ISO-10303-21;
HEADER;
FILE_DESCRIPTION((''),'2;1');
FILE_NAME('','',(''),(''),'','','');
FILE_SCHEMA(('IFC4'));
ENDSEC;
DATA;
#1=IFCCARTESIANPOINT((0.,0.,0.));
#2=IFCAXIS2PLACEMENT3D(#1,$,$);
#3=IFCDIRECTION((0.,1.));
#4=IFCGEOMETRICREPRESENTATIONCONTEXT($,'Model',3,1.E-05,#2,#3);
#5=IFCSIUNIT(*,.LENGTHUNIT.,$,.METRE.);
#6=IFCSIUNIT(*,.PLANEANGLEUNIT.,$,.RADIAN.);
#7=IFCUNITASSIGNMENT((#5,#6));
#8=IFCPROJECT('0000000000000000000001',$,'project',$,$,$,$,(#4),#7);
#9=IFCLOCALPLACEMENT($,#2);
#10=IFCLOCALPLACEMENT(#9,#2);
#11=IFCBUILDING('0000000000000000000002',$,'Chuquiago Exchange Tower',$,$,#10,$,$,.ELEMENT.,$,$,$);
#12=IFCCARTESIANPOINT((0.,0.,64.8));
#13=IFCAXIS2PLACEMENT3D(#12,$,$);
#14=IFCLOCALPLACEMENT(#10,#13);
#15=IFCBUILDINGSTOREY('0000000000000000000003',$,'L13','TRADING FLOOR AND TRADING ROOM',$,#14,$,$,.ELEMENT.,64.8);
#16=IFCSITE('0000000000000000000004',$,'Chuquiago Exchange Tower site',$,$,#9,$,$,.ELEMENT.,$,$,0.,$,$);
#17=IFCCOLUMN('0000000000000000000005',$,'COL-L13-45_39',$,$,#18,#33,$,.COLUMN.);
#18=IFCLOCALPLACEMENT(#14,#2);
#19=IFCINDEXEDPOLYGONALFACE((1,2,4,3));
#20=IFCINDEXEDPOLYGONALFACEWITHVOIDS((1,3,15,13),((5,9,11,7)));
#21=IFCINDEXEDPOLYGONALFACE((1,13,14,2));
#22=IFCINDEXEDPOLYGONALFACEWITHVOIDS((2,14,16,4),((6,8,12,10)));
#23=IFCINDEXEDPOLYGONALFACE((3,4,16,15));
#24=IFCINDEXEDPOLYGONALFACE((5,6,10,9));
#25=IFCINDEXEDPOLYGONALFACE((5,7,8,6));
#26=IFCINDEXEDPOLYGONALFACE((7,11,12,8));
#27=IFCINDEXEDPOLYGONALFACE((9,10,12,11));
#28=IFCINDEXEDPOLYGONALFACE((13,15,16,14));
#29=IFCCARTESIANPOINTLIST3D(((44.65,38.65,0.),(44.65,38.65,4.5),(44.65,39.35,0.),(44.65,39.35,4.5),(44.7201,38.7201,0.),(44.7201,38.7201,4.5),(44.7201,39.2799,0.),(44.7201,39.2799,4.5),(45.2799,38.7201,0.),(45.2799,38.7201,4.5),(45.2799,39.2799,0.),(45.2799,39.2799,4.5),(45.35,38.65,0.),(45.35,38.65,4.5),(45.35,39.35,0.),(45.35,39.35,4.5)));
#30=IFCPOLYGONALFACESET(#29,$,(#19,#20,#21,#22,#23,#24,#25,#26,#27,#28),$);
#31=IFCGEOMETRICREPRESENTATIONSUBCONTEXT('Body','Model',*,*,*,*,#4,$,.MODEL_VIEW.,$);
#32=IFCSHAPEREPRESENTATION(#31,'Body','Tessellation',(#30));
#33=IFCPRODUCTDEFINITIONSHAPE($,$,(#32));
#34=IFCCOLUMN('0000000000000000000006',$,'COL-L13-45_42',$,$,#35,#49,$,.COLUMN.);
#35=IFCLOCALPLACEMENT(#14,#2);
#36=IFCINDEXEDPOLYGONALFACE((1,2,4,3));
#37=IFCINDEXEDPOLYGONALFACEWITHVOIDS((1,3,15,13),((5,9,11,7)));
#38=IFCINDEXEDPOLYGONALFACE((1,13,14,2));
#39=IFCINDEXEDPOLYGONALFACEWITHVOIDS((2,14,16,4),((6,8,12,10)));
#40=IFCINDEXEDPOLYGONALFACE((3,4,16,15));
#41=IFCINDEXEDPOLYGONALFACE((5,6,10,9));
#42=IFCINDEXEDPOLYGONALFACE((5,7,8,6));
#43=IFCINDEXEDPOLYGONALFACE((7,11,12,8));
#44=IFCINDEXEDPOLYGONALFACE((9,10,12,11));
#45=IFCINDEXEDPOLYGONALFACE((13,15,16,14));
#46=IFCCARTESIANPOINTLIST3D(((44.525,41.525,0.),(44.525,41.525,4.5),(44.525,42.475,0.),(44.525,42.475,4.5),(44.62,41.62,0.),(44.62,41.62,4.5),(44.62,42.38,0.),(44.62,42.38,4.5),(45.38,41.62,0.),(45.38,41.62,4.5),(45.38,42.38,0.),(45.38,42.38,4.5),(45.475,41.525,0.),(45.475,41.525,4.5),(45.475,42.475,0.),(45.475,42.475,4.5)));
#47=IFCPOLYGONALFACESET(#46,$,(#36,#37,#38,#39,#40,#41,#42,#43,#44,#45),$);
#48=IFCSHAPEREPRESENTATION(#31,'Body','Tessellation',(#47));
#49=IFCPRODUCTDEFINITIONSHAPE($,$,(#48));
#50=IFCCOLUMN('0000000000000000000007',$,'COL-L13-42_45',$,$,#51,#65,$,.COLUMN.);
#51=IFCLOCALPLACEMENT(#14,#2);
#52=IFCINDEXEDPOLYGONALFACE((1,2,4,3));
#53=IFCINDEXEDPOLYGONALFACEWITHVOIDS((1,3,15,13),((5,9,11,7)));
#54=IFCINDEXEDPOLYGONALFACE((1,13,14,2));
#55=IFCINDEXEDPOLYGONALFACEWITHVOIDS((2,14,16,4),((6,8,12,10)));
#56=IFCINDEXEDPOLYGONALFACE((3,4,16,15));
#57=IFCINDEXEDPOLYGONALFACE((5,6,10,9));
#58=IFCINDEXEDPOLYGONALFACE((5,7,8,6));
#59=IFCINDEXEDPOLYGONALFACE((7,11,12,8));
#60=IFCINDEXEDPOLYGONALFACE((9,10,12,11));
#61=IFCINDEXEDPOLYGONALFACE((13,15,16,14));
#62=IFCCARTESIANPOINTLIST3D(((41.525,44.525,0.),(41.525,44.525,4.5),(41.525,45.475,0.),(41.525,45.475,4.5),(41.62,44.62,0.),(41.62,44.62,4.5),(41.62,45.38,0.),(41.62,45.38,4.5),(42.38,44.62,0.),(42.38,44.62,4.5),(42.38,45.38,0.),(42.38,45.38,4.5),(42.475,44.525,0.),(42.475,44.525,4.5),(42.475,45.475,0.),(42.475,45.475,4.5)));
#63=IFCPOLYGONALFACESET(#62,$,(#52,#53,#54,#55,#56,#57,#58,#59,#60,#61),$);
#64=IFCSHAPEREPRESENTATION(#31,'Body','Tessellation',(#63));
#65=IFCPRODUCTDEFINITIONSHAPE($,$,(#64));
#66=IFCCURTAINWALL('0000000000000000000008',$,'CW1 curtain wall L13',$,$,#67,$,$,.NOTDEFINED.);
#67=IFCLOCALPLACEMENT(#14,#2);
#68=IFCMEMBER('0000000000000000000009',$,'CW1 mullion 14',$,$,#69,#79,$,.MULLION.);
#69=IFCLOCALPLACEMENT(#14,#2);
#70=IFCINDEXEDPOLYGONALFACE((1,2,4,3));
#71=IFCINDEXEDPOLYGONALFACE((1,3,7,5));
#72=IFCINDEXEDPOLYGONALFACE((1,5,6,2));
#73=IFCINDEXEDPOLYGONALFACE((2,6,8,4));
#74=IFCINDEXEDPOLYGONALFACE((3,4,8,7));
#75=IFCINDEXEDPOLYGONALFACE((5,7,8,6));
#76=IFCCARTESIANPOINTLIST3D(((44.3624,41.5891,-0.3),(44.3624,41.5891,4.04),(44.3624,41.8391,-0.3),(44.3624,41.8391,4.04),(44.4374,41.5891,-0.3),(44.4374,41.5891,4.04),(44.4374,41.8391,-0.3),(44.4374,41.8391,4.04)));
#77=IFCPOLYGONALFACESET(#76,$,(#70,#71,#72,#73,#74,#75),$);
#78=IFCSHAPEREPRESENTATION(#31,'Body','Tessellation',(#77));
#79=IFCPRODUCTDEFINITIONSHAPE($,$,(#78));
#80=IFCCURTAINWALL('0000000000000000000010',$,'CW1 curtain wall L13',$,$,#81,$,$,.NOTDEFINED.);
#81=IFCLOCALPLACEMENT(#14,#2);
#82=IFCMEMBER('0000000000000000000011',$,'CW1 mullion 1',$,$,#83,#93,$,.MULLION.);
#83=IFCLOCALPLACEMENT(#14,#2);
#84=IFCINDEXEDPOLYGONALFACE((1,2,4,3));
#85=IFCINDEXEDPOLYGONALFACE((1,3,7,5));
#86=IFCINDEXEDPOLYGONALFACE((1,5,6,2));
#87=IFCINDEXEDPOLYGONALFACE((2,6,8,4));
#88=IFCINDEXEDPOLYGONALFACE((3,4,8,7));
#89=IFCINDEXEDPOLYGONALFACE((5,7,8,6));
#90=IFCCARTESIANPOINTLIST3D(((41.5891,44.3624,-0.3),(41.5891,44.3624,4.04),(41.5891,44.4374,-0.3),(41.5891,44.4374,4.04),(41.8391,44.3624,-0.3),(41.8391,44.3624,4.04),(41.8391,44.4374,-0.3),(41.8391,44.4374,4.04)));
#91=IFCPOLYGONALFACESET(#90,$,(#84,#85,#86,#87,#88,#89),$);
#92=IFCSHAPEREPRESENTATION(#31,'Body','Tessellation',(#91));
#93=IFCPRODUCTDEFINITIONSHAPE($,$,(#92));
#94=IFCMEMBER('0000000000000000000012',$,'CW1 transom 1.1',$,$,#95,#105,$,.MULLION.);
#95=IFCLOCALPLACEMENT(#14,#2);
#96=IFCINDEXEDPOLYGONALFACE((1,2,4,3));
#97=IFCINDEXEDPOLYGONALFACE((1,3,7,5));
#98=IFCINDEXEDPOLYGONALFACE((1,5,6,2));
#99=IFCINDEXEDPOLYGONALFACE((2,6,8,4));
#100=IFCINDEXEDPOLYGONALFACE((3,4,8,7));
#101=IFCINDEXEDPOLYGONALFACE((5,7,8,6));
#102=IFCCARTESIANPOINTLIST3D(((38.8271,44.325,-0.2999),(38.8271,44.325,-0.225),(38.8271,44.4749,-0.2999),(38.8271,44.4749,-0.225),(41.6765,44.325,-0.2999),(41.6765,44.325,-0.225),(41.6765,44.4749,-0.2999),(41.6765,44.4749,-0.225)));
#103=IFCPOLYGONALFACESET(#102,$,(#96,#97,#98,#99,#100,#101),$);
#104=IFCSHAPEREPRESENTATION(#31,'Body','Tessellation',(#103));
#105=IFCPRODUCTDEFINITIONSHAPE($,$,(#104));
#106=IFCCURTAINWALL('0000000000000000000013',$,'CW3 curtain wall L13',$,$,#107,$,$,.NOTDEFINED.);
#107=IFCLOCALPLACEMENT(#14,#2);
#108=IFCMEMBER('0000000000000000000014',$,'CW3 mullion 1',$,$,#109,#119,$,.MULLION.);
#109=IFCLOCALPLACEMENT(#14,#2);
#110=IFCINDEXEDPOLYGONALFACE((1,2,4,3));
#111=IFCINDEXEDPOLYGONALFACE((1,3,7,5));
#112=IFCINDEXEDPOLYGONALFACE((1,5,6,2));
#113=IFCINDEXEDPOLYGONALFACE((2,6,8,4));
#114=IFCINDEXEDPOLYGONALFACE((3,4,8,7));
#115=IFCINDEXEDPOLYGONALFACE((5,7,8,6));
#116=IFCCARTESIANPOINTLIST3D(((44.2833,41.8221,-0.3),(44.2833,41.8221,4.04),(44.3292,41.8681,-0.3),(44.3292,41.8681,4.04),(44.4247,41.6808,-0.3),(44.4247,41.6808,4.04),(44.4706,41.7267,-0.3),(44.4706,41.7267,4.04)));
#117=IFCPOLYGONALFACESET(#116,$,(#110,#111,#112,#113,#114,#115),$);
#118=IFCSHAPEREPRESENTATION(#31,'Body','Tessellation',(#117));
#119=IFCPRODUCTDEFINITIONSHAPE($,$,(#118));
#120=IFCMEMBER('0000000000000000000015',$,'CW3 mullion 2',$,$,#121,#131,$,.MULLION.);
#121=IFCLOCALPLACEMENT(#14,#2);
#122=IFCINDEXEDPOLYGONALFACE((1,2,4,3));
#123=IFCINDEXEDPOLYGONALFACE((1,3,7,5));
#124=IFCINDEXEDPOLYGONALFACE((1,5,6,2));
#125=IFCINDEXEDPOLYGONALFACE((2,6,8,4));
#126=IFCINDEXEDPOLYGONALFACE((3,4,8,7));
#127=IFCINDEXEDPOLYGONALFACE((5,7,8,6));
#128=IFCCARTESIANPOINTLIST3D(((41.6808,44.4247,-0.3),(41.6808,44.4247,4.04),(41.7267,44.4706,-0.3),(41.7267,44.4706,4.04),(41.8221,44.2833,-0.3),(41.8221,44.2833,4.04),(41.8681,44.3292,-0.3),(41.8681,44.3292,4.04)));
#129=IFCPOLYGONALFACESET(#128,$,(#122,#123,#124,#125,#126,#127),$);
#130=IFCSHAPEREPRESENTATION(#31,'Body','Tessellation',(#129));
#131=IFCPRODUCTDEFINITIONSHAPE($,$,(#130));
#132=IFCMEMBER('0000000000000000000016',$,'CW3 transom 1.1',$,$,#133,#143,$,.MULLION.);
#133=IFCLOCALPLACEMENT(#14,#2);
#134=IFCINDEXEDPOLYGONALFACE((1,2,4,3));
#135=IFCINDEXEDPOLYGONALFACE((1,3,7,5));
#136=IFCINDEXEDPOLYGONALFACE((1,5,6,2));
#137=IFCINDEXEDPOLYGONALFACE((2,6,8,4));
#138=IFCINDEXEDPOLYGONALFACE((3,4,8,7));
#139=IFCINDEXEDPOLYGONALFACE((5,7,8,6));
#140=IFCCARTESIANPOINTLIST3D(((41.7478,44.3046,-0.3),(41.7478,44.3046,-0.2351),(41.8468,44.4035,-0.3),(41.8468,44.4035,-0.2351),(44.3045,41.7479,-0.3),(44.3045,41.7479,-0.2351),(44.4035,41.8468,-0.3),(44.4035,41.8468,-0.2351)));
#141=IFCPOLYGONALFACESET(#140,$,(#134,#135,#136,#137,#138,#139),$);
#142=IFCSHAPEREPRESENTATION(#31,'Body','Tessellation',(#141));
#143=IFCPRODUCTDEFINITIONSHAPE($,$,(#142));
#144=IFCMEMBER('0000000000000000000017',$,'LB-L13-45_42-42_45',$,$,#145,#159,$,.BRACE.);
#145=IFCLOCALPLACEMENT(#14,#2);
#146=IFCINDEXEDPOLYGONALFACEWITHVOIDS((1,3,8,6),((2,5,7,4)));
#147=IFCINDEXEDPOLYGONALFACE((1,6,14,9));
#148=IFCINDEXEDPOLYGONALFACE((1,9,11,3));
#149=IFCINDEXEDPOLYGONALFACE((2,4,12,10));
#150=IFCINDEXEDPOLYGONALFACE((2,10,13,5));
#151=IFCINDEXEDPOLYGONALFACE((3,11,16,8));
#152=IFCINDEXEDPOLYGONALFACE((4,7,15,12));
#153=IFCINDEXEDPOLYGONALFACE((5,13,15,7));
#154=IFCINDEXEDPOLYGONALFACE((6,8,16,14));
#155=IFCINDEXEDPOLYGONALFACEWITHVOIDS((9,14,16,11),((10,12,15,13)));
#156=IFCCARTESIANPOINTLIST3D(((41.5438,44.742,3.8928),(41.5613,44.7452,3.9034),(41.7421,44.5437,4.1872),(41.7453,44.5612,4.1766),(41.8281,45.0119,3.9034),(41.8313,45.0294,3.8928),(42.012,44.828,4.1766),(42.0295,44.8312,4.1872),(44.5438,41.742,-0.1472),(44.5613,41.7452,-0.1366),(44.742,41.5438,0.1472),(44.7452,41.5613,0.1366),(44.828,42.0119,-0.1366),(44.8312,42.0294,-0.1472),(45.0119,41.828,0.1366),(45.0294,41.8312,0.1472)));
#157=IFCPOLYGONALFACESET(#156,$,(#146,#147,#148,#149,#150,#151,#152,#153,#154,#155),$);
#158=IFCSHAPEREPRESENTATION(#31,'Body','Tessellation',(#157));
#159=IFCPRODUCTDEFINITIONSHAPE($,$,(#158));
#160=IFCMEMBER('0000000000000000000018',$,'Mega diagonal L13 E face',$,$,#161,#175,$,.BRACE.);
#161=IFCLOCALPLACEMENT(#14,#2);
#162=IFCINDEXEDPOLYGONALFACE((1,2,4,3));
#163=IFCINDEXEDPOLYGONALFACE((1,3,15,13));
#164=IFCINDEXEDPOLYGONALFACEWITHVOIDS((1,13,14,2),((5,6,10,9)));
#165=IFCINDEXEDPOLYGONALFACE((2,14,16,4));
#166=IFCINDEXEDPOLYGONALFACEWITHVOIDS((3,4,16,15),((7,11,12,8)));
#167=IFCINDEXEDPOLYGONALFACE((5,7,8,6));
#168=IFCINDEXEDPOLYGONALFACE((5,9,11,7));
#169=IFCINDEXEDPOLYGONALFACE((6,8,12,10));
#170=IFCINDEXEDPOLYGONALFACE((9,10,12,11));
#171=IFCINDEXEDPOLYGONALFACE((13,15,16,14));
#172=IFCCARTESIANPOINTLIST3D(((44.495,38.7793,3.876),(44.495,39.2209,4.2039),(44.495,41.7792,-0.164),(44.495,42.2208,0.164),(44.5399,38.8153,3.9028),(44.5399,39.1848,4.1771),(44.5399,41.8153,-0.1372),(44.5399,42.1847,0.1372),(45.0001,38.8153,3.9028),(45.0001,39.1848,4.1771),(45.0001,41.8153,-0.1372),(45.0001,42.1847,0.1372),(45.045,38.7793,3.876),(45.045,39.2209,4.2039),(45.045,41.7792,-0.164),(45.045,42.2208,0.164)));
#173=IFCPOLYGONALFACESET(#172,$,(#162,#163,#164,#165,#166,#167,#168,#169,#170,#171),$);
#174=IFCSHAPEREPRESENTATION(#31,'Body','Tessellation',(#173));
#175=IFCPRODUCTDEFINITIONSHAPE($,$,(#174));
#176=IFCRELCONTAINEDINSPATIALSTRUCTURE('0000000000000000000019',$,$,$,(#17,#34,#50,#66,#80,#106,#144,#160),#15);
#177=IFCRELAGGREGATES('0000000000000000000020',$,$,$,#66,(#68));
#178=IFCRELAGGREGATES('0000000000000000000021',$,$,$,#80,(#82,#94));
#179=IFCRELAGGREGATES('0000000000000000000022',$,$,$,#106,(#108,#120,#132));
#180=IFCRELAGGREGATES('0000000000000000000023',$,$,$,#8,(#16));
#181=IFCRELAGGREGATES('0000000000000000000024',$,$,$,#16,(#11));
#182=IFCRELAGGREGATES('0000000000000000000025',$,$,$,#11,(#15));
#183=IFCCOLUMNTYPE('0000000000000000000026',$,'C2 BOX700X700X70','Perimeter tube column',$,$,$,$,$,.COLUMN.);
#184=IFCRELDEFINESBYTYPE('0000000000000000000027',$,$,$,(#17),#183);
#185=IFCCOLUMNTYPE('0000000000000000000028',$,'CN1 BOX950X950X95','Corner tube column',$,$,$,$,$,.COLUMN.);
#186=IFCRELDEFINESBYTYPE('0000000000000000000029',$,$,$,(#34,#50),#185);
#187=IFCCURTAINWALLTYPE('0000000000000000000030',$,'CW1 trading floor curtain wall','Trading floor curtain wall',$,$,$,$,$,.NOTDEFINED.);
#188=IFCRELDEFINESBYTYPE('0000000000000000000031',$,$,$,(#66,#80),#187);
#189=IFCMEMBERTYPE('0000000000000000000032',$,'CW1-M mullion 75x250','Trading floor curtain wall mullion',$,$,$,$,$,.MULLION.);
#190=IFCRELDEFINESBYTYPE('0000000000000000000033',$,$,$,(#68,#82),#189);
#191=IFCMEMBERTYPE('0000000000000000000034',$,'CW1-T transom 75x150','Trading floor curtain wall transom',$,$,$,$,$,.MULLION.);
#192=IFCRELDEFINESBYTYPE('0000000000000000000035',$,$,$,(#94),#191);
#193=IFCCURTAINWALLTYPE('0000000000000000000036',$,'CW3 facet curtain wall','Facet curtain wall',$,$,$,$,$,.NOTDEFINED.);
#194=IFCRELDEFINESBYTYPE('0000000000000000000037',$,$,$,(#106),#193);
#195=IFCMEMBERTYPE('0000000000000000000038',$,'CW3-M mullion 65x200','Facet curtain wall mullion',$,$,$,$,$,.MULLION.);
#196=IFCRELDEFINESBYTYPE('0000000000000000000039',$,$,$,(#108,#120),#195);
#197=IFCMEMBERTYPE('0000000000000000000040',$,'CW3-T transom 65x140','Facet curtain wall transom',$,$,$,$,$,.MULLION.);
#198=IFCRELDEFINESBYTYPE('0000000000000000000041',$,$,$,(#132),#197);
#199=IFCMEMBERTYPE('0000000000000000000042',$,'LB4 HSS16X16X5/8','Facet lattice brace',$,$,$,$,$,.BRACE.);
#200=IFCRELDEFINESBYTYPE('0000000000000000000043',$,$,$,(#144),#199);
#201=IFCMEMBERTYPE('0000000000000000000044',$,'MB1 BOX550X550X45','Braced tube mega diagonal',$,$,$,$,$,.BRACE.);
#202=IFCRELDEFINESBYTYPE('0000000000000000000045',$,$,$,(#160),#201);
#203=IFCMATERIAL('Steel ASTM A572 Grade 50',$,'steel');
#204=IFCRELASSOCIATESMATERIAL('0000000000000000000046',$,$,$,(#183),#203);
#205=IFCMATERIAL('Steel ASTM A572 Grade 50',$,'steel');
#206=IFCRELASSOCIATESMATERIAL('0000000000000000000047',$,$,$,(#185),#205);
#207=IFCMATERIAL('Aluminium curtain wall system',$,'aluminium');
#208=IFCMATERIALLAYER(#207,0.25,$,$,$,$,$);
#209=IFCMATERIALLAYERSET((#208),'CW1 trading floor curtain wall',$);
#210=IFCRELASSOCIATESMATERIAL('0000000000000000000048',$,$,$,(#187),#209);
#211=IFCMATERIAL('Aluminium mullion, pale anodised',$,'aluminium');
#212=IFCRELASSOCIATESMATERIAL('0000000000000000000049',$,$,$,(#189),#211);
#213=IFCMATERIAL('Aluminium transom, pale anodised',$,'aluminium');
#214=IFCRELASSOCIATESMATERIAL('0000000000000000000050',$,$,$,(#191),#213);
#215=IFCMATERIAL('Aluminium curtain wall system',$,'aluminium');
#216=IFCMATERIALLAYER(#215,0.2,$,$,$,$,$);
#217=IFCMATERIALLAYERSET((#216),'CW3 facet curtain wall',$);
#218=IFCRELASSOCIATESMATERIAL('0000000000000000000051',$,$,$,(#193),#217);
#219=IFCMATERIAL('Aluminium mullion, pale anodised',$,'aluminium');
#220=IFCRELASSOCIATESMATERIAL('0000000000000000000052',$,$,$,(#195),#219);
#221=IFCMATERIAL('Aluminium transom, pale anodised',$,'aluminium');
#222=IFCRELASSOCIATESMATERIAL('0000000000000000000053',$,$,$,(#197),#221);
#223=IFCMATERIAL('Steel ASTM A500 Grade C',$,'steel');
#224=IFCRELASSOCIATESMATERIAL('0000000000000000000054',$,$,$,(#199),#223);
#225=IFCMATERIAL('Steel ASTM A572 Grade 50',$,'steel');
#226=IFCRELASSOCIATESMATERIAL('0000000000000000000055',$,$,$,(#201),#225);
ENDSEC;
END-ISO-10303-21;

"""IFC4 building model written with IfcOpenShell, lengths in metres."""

from ifc_helpers import new_model, si_unit, direction, frame, origin, origin_2d, place, context, subcontext, project, spatial, rectangle, hollow_rectangle, extrude, material, layer, layer_set, material_profile, profile_set, type_object, element, aggregate, save


model = new_model("IFC4")

# Units and contexts
model_context = context("Model", 3, precision=1e-05, world=origin(), true_north=direction((0.0, 1.0)))
body_context = subcontext(model_context, "Body", "Model", "MODEL_VIEW")
ifc_project = project(units=[si_unit("LENGTHUNIT", "METRE"), si_unit("PLANEANGLEUNIT", "RADIAN")], contexts=[model_context])

# Site, building, storey
site_placement = place(None, origin())
site = spatial("IfcSite", under=ifc_project, at=site_placement, Name="Chuquiago Exchange Tower site", CompositionType="ELEMENT", RefElevation=0.0)
building_placement = place(site_placement, origin())
building = spatial("IfcBuilding", under=site, at=building_placement, Name="Chuquiago Exchange Tower", CompositionType="ELEMENT")
storey_placement = place(building_placement, frame((0.0, 0.0, 64.8)))
storey = spatial("IfcBuildingStorey", under=building, at=storey_placement, Name="L13", Description="TRADING FLOOR AND TRADING ROOM", CompositionType="ELEMENT", Elevation=64.8)

# Columns
ifc_material_1 = material(Name="Steel ASTM A572 Grade 50", Category="steel")
ifc_material_profile_1 = material_profile(ifc_material_1, hollow_rectangle(XDim=0.7, YDim=0.7, WallThickness=0.0701, at=origin_2d()), Name="BOX700X700X70")
ifc_profile_set_1 = profile_set([ifc_material_profile_1], Name="Steel ASTM A572 Grade 50")
column_type_1 = type_object("IfcColumnType", Name="C2 BOX700X700X70", Description="Perimeter tube column", PredefinedType="COLUMN", material=ifc_profile_set_1)
column_placement = place(storey_placement, frame((45.0, 39.0, 0.0), z_axis=(0.0, 0.0, 1.0), x_axis=(1.0, 0.0, 0.0)))
element("IfcColumn", 1, at=column_placement, inside=storey, type_object=column_type_1, Name="COL-L13-45_39", PredefinedType="COLUMN", context=body_context, shape_type="SweptSolid", body=[
    extrude(hollow_rectangle(XDim=0.7, YDim=0.7, WallThickness=0.0701, at=origin_2d()), origin(), (0.0, 0.0, 1.0), 4.5),
])
ifc_material_2 = material(Name="Steel ASTM A572 Grade 50", Category="steel")
ifc_material_profile_2 = material_profile(ifc_material_2, hollow_rectangle(XDim=0.95, YDim=0.95, WallThickness=0.095, at=origin_2d()), Name="BOX950X950X95")
ifc_profile_set_2 = profile_set([ifc_material_profile_2], Name="Steel ASTM A572 Grade 50")
column_type_2 = type_object("IfcColumnType", Name="CN1 BOX950X950X95", Description="Corner tube column", PredefinedType="COLUMN", material=ifc_profile_set_2)
for number, where, z_axis, x_axis, name in (
    (2, (45.0, 42.0, 0.0), (0.0, 0.0, 1.0), (1.0, 0.0, 0.0), "COL-L13-45_42"),
    (3, (42.0, 45.0, 0.0), (0.0, 0.0, 1.0), (0.0, 1.0, 0.0), "COL-L13-42_45"),
):
    element("IfcColumn", number, at=place(storey_placement, frame(where, z_axis=z_axis, x_axis=x_axis)), inside=storey, type_object=column_type_2, Name=name, PredefinedType="COLUMN", context=body_context, shape_type="SweptSolid", body=[
        extrude(hollow_rectangle(XDim=0.95, YDim=0.95, WallThickness=0.095, at=origin_2d()), origin(), (0.0, 0.0, 1.0), 4.5),
    ])

# Curtain wall, member
ifc_material_3 = material(Name="Aluminium curtain wall system", Category="aluminium")
ifc_layer_1 = layer(ifc_material_3, 0.25)
ifc_layer_set_1 = layer_set([ifc_layer_1], Name="CW1 trading floor curtain wall")
curtain_wall_type_1 = type_object("IfcCurtainWallType", Name="CW1 trading floor curtain wall", Description="Trading floor curtain wall", PredefinedType="NOTDEFINED", material=ifc_layer_set_1)
curtain_wall_1_placement = place(storey_placement, origin())
curtain_wall_1 = element("IfcCurtainWall", 4, at=curtain_wall_1_placement, inside=storey, type_object=curtain_wall_type_1, Name="CW1 curtain wall L13", PredefinedType="NOTDEFINED")
ifc_material_4 = material(Name="Aluminium mullion, pale anodised", Category="aluminium")
ifc_material_profile_3 = material_profile(ifc_material_4, rectangle(XDim=0.075, YDim=0.25, at=origin_2d()), Name="AL 75x250")
ifc_profile_set_3 = profile_set([ifc_material_profile_3], Name="Aluminium mullion, pale anodised")
member_type_1 = type_object("IfcMemberType", Name="CW1-M mullion 75x250", Description="Trading floor curtain wall mullion", PredefinedType="MULLION", material=ifc_profile_set_3)
member_1_placement = place(storey_placement, frame((44.3999, 41.7141, -0.3), z_axis=(0.0, 0.0, 1.0), x_axis=(-1.0, 0.0, 0.0)))
member_1 = element("IfcMember", 5, at=member_1_placement, type_object=member_type_1, Name="CW1 mullion 14", PredefinedType="MULLION", context=body_context, shape_type="SweptSolid", body=[
    extrude(rectangle(XDim=0.075, YDim=0.25, at=origin_2d()), origin(), (0.0, 0.0, 1.0), 4.3401),
])

# Curtain walls, members
curtain_wall_2_placement = place(storey_placement, origin())
curtain_wall_2 = element("IfcCurtainWall", 6, at=curtain_wall_2_placement, inside=storey, type_object=curtain_wall_type_1, Name="CW1 curtain wall L13", PredefinedType="NOTDEFINED")
member_2_placement = place(storey_placement, frame((41.7141, 44.3999, -0.3), z_axis=(0.0, 0.0, 1.0), x_axis=(0.0, -1.0, 0.0)))
member_2 = element("IfcMember", 7, at=member_2_placement, type_object=member_type_1, Name="CW1 mullion 1", PredefinedType="MULLION", context=body_context, shape_type="SweptSolid", body=[
    extrude(rectangle(XDim=0.075, YDim=0.25, at=origin_2d()), origin(), (0.0, 0.0, 1.0), 4.3401),
])
ifc_material_5 = material(Name="Aluminium transom, pale anodised", Category="aluminium")
ifc_material_profile_4 = material_profile(ifc_material_5, rectangle(XDim=0.1499, YDim=0.075, at=origin_2d()), Name="AL 150x75")
ifc_profile_set_4 = profile_set([ifc_material_profile_4], Name="Aluminium transom, pale anodised")
member_type_2 = type_object("IfcMemberType", Name="CW1-T transom 75x150", Description="Trading floor curtain wall transom", PredefinedType="MULLION", material=ifc_profile_set_4)
member_3_placement = place(storey_placement, frame((41.6765, 44.3999, -0.2625), z_axis=(-1.0, 0.0, 0.0), x_axis=(0.0, -1.0, 0.0)))
member_3 = element("IfcMember", 8, at=member_3_placement, type_object=member_type_2, Name="CW1 transom 1.1", PredefinedType="MULLION", context=body_context, shape_type="SweptSolid", body=[
    extrude(rectangle(XDim=0.1499, YDim=0.075, at=origin_2d()), origin(), (0.0, 0.0, 1.0), 2.8494),
])
ifc_material_6 = material(Name="Aluminium curtain wall system", Category="aluminium")
ifc_layer_2 = layer(ifc_material_6, 0.2)
ifc_layer_set_2 = layer_set([ifc_layer_2], Name="CW3 facet curtain wall")
curtain_wall_type_2 = type_object("IfcCurtainWallType", Name="CW3 facet curtain wall", Description="Facet curtain wall", PredefinedType="NOTDEFINED", material=ifc_layer_set_2)
curtain_wall_3_placement = place(storey_placement, origin())
curtain_wall_3 = element("IfcCurtainWall", 9, at=curtain_wall_3_placement, inside=storey, type_object=curtain_wall_type_2, Name="CW3 curtain wall L13", PredefinedType="NOTDEFINED")
ifc_material_7 = material(Name="Aluminium mullion, pale anodised", Category="aluminium")
ifc_material_profile_5 = material_profile(ifc_material_7, rectangle(XDim=0.0649, YDim=0.2, at=origin_2d()), Name="AL 65x200")
ifc_profile_set_5 = profile_set([ifc_material_profile_5], Name="Aluminium mullion, pale anodised")
member_type_3 = type_object("IfcMemberType", Name="CW3-M mullion 65x200", Description="Facet curtain wall mullion", PredefinedType="MULLION", material=ifc_profile_set_5)
member_4_placement = place(storey_placement, frame((44.377, 41.7744, -0.3), z_axis=(0.0, 0.0, 1.0), x_axis=(-0.707107, -0.707107, 0.0)))
member_4 = element("IfcMember", 10, at=member_4_placement, type_object=member_type_3, Name="CW3 mullion 1", PredefinedType="MULLION", context=body_context, shape_type="SweptSolid", body=[
    extrude(rectangle(XDim=0.0649, YDim=0.2, at=origin_2d()), origin(), (0.0, 0.0, 1.0), 4.3401),
])
member_5_placement = place(storey_placement, frame((41.7744, 44.377, -0.3), z_axis=(0.0, 0.0, 1.0), x_axis=(-0.707107, -0.707107, 0.0)))
member_5 = element("IfcMember", 11, at=member_5_placement, type_object=member_type_3, Name="CW3 mullion 2", PredefinedType="MULLION", context=body_context, shape_type="SweptSolid", body=[
    extrude(rectangle(XDim=0.0649, YDim=0.2, at=origin_2d()), origin(), (0.0, 0.0, 1.0), 4.3401),
])
ifc_material_8 = material(Name="Aluminium transom, pale anodised", Category="aluminium")
ifc_material_profile_6 = material_profile(ifc_material_8, rectangle(XDim=0.1399, YDim=0.0649, at=origin_2d()), Name="AL 140x65")
ifc_profile_set_6 = profile_set([ifc_material_profile_6], Name="Aluminium transom, pale anodised")
member_type_4 = type_object("IfcMemberType", Name="CW3-T transom 65x140", Description="Facet curtain wall transom", PredefinedType="MULLION", material=ifc_profile_set_6)
member_6_placement = place(storey_placement, frame((44.354, 41.7974, -0.2676), z_axis=(-0.707107, 0.707107, 0.0), x_axis=(-0.707107, -0.707107, 0.0)))
member_6 = element("IfcMember", 12, at=member_6_placement, type_object=member_type_4, Name="CW3 transom 1.1", PredefinedType="MULLION", context=body_context, shape_type="SweptSolid", body=[
    extrude(rectangle(XDim=0.1399, YDim=0.0649, at=origin_2d()), origin(), (0.0, 0.0, 1.0), 3.6157),
])

# Members
ifc_material_9 = material(Name="Steel ASTM A500 Grade C", Category="steel")
ifc_material_profile_7 = material_profile(ifc_material_9, hollow_rectangle(XDim=0.4065, YDim=0.4065, WallThickness=0.0146, at=origin_2d()), Name="HSS16X16X5/8")
ifc_profile_set_7 = profile_set([ifc_material_profile_7], Name="Steel ASTM A500 Grade C")
member_type_5 = type_object("IfcMemberType", Name="LB4 HSS16X16X5/8", Description="Facet lattice brace", PredefinedType="BRACE", material=ifc_profile_set_7)
member_7_placement = place(storey_placement, frame((44.7866, 41.7866, 0.0), z_axis=(-0.512077, 0.512077, 0.689604), x_axis=(-0.707107, -0.707107, 0.0)))
element("IfcMember", 13, at=member_7_placement, inside=storey, type_object=member_type_5, Name="LB-L13-45_42-42_45", PredefinedType="BRACE", context=body_context, shape_type="SweptSolid", body=[
    extrude(hollow_rectangle(XDim=0.4065, YDim=0.4065, WallThickness=0.0146, at=origin_2d()), origin(), (0.0, 0.0, 1.0), 5.8584),
])
ifc_material_10 = material(Name="Steel ASTM A572 Grade 50", Category="steel")
ifc_material_profile_8 = material_profile(ifc_material_10, hollow_rectangle(XDim=0.55, YDim=0.55, WallThickness=0.0449, at=origin_2d()), Name="BOX550X550X45")
ifc_profile_set_8 = profile_set([ifc_material_profile_8], Name="Steel ASTM A572 Grade 50")
member_type_6 = type_object("IfcMemberType", Name="MB1 BOX550X550X45", Description="Braced tube mega diagonal", PredefinedType="BRACE", material=ifc_profile_set_8)
for number, where, z_axis, x_axis, name in (
    (14, (44.77, 42.0, 0.0), (0.0, -0.596174, 0.802855), (1.0, 0.0, 0.0), "Mega diagonal L13 E face"),
):
    element("IfcMember", number, at=place(storey_placement, frame(where, z_axis=z_axis, x_axis=x_axis)), inside=storey, type_object=member_type_6, Name=name, PredefinedType="BRACE", context=body_context, shape_type="SweptSolid", body=[
        extrude(hollow_rectangle(XDim=0.55, YDim=0.55, WallThickness=0.0449, at=origin_2d()), origin(), (0.0, 0.0, 1.0), 5.032),
    ])

aggregate(curtain_wall_1, [member_1])
aggregate(curtain_wall_2, [member_2, member_3])
aggregate(curtain_wall_3, [member_4, member_5, member_6])

save(model, "model.ifc")
